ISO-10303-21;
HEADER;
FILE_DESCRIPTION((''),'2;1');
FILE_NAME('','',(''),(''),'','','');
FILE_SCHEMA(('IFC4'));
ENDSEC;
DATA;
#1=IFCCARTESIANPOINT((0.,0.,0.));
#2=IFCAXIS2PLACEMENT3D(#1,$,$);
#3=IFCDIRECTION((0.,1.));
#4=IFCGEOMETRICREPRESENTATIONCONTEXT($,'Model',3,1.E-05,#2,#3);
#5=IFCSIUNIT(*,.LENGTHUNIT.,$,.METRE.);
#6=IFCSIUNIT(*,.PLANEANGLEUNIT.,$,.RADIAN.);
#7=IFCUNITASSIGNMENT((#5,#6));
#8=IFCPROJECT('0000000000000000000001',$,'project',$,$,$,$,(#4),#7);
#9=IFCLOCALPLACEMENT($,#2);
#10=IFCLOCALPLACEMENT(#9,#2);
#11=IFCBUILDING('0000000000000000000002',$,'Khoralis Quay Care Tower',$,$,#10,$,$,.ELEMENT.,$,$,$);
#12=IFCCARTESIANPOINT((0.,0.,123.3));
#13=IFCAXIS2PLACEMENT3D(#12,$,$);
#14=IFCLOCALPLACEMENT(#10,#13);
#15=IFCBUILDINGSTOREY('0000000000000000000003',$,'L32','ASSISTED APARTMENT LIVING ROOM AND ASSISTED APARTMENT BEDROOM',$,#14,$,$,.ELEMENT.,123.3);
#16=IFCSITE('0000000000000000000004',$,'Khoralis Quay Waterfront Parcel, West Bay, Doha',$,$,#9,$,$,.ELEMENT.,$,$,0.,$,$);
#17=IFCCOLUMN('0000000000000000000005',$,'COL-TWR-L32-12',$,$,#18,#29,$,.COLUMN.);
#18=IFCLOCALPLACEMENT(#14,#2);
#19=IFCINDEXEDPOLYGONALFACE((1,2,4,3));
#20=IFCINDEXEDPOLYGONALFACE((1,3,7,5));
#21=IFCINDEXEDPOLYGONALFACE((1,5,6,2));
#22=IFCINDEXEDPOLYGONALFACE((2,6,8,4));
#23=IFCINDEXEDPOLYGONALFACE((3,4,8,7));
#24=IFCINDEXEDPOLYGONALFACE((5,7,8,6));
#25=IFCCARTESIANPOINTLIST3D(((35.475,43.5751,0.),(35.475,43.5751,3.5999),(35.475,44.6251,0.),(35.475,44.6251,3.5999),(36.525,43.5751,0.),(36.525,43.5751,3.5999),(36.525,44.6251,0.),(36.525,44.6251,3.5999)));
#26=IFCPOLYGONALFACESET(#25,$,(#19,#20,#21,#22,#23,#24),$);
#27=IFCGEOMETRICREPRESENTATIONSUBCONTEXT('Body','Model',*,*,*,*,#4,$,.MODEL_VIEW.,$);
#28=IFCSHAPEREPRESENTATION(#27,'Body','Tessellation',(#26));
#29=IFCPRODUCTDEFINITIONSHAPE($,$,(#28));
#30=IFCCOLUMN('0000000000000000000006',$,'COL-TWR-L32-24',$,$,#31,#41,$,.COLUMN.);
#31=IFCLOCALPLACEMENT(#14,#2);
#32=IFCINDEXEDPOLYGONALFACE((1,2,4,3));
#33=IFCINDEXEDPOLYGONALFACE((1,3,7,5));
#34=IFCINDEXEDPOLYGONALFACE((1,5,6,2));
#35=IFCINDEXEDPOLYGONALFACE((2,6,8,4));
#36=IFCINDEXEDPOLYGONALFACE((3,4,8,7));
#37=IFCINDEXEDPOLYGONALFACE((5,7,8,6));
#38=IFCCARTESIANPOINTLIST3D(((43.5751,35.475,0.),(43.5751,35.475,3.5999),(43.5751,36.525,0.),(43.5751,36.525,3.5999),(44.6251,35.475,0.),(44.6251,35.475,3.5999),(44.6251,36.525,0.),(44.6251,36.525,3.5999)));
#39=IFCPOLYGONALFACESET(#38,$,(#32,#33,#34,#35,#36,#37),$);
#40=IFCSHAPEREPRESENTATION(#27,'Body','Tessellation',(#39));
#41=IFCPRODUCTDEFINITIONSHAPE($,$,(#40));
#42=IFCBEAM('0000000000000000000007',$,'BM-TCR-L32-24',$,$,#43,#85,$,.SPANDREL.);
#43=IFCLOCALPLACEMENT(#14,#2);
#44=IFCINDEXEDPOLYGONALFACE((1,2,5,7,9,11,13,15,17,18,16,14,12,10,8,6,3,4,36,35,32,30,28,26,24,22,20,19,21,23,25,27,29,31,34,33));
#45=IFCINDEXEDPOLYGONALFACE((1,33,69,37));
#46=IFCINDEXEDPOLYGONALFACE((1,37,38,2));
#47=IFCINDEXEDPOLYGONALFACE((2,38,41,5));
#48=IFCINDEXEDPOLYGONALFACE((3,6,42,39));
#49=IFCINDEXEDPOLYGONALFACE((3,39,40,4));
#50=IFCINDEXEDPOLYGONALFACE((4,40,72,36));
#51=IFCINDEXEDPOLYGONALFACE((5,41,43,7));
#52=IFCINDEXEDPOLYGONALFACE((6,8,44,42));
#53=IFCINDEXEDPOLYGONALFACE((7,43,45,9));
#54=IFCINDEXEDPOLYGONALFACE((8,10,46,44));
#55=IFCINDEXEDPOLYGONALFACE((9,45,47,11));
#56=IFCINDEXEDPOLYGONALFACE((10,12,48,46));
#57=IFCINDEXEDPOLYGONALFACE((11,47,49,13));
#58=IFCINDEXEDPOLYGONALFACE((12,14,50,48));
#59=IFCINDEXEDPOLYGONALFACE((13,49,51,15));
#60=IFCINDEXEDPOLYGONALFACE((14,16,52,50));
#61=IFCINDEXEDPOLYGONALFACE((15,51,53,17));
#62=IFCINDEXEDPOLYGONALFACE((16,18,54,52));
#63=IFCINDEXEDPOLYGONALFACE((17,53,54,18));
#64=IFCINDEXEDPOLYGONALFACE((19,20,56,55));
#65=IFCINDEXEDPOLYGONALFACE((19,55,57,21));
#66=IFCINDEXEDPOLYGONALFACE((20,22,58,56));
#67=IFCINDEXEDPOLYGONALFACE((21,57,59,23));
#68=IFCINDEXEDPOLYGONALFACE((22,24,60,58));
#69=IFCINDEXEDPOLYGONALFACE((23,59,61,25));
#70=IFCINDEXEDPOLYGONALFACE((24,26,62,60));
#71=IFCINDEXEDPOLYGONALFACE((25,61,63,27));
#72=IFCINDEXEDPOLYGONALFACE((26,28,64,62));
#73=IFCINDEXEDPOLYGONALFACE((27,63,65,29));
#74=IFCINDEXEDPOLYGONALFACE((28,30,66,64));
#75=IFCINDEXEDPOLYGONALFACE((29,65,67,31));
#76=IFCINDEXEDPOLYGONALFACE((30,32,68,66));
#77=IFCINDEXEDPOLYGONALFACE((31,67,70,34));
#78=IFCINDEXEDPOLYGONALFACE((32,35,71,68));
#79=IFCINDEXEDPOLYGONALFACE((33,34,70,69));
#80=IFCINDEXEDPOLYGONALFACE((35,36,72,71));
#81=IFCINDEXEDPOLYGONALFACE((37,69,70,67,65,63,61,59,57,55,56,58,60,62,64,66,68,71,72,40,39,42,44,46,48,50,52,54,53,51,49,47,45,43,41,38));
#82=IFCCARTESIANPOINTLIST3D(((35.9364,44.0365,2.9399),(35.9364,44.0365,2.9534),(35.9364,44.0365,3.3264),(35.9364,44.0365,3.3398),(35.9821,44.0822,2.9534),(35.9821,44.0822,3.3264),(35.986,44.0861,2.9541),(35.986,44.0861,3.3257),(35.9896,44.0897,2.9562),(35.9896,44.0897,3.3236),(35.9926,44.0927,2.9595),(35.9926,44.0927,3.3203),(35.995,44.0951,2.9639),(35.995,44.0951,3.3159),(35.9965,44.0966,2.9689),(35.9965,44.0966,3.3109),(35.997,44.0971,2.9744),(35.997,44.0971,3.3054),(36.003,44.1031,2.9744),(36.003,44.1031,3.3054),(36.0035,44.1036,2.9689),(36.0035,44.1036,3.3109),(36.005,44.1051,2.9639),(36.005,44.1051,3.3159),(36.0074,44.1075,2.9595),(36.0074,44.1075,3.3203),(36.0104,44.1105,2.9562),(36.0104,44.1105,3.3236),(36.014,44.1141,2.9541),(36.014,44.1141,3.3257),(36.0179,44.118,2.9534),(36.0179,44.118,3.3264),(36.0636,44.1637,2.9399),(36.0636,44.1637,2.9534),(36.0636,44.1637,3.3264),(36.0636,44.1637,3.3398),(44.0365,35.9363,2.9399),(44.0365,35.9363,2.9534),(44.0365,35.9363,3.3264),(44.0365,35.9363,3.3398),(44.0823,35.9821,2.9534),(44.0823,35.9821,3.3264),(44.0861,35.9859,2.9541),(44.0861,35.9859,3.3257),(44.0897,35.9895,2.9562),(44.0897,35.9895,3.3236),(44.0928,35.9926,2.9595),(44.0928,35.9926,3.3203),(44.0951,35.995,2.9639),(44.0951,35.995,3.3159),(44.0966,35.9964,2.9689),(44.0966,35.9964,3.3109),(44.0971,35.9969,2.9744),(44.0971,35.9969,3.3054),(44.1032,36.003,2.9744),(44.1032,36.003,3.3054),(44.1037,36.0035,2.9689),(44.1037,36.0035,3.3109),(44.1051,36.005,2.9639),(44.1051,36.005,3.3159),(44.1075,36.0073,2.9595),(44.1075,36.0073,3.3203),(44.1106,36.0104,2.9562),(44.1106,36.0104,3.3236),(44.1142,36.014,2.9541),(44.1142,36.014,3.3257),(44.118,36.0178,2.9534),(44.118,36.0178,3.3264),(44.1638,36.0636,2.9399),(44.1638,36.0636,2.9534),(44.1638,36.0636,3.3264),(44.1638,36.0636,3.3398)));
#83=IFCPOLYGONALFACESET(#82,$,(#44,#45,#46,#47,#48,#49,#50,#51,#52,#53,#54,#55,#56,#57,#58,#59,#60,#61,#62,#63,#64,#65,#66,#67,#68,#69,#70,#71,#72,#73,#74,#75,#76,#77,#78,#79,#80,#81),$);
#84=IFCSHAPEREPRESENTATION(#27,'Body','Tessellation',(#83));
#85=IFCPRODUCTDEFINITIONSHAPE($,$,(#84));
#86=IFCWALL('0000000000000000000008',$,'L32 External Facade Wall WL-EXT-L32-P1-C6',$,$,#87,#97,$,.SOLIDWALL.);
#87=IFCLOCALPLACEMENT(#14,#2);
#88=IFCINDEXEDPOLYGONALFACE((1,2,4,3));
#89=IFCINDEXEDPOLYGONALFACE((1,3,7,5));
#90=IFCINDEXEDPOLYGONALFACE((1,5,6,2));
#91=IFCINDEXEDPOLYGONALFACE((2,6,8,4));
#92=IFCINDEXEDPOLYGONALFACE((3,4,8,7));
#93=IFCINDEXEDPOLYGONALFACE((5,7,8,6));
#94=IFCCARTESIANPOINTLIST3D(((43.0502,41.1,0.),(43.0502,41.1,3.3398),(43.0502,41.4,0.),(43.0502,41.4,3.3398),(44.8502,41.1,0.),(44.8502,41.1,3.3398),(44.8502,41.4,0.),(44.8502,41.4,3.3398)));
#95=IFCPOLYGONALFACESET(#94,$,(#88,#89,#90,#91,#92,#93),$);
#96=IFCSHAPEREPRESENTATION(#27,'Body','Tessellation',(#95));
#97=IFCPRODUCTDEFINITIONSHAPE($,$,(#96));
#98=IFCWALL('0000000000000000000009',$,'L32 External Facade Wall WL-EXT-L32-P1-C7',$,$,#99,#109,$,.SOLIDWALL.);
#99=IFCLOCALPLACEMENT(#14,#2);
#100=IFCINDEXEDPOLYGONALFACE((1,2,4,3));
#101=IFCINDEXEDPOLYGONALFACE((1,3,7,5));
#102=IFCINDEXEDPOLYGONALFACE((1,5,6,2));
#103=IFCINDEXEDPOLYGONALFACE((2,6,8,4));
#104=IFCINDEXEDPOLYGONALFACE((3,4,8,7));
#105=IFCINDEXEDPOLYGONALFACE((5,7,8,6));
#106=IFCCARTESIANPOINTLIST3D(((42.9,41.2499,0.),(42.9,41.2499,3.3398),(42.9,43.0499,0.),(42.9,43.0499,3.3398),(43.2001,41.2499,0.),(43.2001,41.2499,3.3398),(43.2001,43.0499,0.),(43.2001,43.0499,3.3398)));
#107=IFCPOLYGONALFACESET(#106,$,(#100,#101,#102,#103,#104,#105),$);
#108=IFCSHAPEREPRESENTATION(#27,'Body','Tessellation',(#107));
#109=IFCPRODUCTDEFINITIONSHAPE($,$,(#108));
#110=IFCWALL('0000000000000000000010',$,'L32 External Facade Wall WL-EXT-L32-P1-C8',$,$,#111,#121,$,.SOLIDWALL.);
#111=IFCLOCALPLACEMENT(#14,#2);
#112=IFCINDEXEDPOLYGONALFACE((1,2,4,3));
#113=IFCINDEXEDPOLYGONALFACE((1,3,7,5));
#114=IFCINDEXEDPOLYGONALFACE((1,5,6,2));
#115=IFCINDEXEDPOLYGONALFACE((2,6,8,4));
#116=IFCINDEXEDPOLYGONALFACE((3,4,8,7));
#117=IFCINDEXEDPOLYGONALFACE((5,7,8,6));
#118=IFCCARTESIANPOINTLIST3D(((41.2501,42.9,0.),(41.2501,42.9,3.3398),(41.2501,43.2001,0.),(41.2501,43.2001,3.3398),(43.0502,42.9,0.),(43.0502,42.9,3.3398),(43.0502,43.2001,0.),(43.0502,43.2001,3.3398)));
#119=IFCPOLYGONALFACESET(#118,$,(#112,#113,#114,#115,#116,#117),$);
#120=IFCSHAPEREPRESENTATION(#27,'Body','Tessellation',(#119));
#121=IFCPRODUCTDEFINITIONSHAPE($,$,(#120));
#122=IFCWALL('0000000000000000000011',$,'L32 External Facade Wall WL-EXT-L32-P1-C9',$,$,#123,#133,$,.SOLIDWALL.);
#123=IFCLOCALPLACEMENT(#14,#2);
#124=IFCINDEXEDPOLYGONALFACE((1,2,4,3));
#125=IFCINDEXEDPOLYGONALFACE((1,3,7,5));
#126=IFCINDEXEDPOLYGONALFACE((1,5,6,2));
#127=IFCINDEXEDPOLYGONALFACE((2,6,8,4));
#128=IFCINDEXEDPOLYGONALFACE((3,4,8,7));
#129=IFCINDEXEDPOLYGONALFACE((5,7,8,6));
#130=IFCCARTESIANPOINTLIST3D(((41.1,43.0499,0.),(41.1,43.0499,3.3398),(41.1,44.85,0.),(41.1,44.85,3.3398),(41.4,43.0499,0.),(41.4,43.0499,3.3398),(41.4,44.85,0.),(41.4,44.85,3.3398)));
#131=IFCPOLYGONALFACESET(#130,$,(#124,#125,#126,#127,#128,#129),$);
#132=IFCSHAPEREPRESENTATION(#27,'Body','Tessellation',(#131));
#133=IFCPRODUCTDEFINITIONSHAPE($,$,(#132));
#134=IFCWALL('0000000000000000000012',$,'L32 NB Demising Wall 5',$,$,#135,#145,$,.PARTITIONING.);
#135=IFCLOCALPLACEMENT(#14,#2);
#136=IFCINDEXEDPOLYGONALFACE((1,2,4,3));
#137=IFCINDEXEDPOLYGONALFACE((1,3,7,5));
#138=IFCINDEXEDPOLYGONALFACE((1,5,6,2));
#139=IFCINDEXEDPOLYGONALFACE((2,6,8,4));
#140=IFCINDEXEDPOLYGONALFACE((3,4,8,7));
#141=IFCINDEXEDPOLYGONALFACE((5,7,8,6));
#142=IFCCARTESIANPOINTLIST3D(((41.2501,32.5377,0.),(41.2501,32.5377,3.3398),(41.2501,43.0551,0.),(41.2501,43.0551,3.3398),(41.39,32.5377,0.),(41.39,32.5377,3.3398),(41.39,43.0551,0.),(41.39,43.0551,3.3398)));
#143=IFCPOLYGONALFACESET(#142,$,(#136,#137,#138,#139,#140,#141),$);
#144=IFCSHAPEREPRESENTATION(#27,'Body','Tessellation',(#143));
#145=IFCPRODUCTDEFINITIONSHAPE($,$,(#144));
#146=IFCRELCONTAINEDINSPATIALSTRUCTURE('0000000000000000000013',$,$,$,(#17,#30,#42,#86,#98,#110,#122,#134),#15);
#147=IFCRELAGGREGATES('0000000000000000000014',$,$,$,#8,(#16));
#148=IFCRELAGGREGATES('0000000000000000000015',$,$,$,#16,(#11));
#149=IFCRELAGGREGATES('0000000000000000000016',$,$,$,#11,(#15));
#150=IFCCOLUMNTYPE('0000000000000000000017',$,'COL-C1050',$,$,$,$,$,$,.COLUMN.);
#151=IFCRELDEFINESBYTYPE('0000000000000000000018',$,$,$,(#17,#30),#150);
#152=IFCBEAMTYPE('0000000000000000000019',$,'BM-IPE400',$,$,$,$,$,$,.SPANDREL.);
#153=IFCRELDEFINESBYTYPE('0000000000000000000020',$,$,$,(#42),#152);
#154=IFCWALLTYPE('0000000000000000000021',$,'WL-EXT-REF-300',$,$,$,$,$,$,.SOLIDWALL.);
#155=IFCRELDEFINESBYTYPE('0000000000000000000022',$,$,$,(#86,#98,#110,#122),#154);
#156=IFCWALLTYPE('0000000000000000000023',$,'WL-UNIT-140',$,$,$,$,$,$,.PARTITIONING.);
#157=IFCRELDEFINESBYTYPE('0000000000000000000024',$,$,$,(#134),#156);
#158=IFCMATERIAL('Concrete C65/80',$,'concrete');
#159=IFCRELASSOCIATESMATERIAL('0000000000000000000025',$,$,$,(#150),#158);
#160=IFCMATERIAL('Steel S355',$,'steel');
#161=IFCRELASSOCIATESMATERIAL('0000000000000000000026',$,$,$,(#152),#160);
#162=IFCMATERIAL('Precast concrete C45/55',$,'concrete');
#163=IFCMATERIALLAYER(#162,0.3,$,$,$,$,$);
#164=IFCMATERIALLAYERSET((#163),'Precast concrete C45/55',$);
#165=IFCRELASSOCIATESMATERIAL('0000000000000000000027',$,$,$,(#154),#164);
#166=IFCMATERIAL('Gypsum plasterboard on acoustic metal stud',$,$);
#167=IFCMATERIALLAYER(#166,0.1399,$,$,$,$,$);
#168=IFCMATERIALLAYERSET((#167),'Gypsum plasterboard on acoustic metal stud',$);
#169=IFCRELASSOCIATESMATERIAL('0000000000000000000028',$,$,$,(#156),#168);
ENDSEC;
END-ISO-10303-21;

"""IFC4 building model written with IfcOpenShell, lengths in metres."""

from ifc_helpers import new_model, si_unit, direction, frame, frame_2d, origin, origin_2d, place, context, subcontext, project, spatial, rectangle, i_section, extrude, source, transform, mapped, material, layer, layer_set, material_profile, profile_set, type_object, element, save


model = new_model("IFC4")

# Units and contexts
model_context = context("Model", 3, precision=1e-05, world=origin(), true_north=direction((0.0, 1.0)))
body_context = subcontext(model_context, "Body", "Model", "MODEL_VIEW")
ifc_project = project(units=[si_unit("LENGTHUNIT", "METRE"), si_unit("PLANEANGLEUNIT", "RADIAN")], contexts=[model_context])

# Site, building, storey
site_placement = place(None, origin())
site = spatial("IfcSite", under=ifc_project, at=site_placement, Name="Khoralis Quay Waterfront Parcel, West Bay, Doha", CompositionType="ELEMENT", RefElevation=0.0)
building_placement = place(site_placement, origin())
building = spatial("IfcBuilding", under=site, at=building_placement, Name="Khoralis Quay Care Tower", CompositionType="ELEMENT")
storey_placement = place(building_placement, frame((0.0, 0.0, 123.3)))
storey = spatial("IfcBuildingStorey", under=building, at=storey_placement, Name="L32", Description="ASSISTED APARTMENT LIVING ROOM AND ASSISTED APARTMENT BEDROOM", CompositionType="ELEMENT", Elevation=123.3)

# Columns
ifc_material_1 = material(Name="Concrete C65/80", Category="concrete")
ifc_material_profile_1 = material_profile(ifc_material_1, rectangle(XDim=1.05, YDim=1.05, at=origin_2d()), Name="Concrete C65/80")
ifc_profile_set_1 = profile_set([ifc_material_profile_1], Name="Concrete C65/80")
column_type = type_object("IfcColumnType", Name="COL-C1050", PredefinedType="COLUMN", material=ifc_profile_set_1)
shared_shape_1 = source(origin(), body_context, "Body", "SweptSolid", [
    extrude(rectangle(XDim=1.05, YDim=1.05, at=origin_2d()), origin(), (0.0, 0.0, 1.0), 3.5999),
])
for number, where, z_axis, x_axis, name in (
    (1, (36.0, 44.1001, 0.0), (0.0, 0.0, 1.0), (1.0, 0.0, 0.0), "COL-TWR-L32-12"),
    (2, (44.1001, 36.0, 0.0), (0.0, 0.0, 1.0), (1.0, 0.0, 0.0), "COL-TWR-L32-24"),
):
    element("IfcColumn", number, at=place(storey_placement, frame(where, z_axis=z_axis, x_axis=x_axis)), inside=storey, type_object=column_type, Name=name, PredefinedType="COLUMN", context=body_context, shape_type="MappedRepresentation", body=[
        mapped(shared_shape_1, transform((0.0, 0.0, 0.0), scale=1.0)),
    ])

# Beam
ifc_material_2 = material(Name="Steel S355", Category="steel")
ifc_material_profile_2 = material_profile(ifc_material_2, i_section(OverallWidth=0.1799, OverallDepth=0.3999, WebThickness=0.0085, FlangeThickness=0.0134, FilletRadius=0.021, at=origin_2d()), Name="Steel S355")
ifc_profile_set_2 = profile_set([ifc_material_profile_2], Name="Steel S355")
beam_type = type_object("IfcBeamType", Name="BM-IPE400", PredefinedType="SPANDREL", material=ifc_profile_set_2)
shared_shape_2 = source(origin(), body_context, "Body", "SweptSolid", [
    extrude(i_section(OverallWidth=0.1799, OverallDepth=0.3999, WebThickness=0.0085, FlangeThickness=0.0134, FilletRadius=0.021, at=origin_2d()), origin(), (0.0, 0.0, 1.0), 11.4553),
])
beam_placement = place(storey_placement, frame((36.0, 44.1001, 3.1399), z_axis=(0.707107, -0.707107, 0.0), x_axis=(0.707107, 0.707107, 0.0)))
element("IfcBeam", 3, at=beam_placement, inside=storey, type_object=beam_type, Name="BM-TCR-L32-24", PredefinedType="SPANDREL", context=body_context, shape_type="MappedRepresentation", body=[
    mapped(shared_shape_2, transform((0.0, 0.0, 0.0), scale=1.0)),
])

# Walls
ifc_material_3 = material(Name="Precast concrete C45/55", Category="concrete")
ifc_layer_1 = layer(ifc_material_3, 0.3)
ifc_layer_set_1 = layer_set([ifc_layer_1], Name="Precast concrete C45/55")
wall_type_1 = type_object("IfcWallType", Name="WL-EXT-REF-300", PredefinedType="SOLIDWALL", material=ifc_layer_set_1)
for number, where, z_axis, x_axis, name in (
    (4, (44.8501, 41.25, 0.0), (0.0, 0.0, 1.0), (-1.0, 0.0, 0.0), "L32 External Facade Wall WL-EXT-L32-P1-C6"),
    (5, (43.05, 41.25, 0.0), (0.0, 0.0, 1.0), (0.0, 1.0, 0.0), "L32 External Facade Wall WL-EXT-L32-P1-C7"),
    (6, (43.05, 43.05, 0.0), (0.0, 0.0, 1.0), (-1.0, 0.0, 0.0), "L32 External Facade Wall WL-EXT-L32-P1-C8"),
    (7, (41.25, 43.05, 0.0), (0.0, 0.0, 1.0), (0.0, 1.0, 0.0), "L32 External Facade Wall WL-EXT-L32-P1-C9"),
):
    element("IfcWall", number, at=place(storey_placement, frame(where, z_axis=z_axis, x_axis=x_axis)), inside=storey, type_object=wall_type_1, Name=name, PredefinedType="SOLIDWALL", context=body_context, shape_type="SweptSolid", body=[
        extrude(rectangle(XDim=1.8, YDim=0.3, at=frame_2d((0.8999, 0.0))), origin(), (0.0, 0.0, 1.0), 3.3398),
    ])

# Wall
ifc_material_4 = material(Name="Gypsum plasterboard on acoustic metal stud")
ifc_layer_2 = layer(ifc_material_4, 0.1399)
ifc_layer_set_2 = layer_set([ifc_layer_2], Name="Gypsum plasterboard on acoustic metal stud")
wall_type_2 = type_object("IfcWallType", Name="WL-UNIT-140", PredefinedType="PARTITIONING", material=ifc_layer_set_2)
wall_1_placement = place(storey_placement, frame((41.3201, 32.5376, 0.0), z_axis=(0.0, 0.0, 1.0), x_axis=(0.0, 1.0, 0.0)))
element("IfcWall", 8, at=wall_1_placement, inside=storey, type_object=wall_type_2, Name="L32 NB Demising Wall 5", PredefinedType="PARTITIONING", context=body_context, shape_type="SweptSolid", body=[
    extrude(rectangle(XDim=10.5173, YDim=0.1399, at=frame_2d((5.2588, 0.0))), origin(), (0.0, 0.0, 1.0), 3.3398),
])

save(model, "model.ifc")
